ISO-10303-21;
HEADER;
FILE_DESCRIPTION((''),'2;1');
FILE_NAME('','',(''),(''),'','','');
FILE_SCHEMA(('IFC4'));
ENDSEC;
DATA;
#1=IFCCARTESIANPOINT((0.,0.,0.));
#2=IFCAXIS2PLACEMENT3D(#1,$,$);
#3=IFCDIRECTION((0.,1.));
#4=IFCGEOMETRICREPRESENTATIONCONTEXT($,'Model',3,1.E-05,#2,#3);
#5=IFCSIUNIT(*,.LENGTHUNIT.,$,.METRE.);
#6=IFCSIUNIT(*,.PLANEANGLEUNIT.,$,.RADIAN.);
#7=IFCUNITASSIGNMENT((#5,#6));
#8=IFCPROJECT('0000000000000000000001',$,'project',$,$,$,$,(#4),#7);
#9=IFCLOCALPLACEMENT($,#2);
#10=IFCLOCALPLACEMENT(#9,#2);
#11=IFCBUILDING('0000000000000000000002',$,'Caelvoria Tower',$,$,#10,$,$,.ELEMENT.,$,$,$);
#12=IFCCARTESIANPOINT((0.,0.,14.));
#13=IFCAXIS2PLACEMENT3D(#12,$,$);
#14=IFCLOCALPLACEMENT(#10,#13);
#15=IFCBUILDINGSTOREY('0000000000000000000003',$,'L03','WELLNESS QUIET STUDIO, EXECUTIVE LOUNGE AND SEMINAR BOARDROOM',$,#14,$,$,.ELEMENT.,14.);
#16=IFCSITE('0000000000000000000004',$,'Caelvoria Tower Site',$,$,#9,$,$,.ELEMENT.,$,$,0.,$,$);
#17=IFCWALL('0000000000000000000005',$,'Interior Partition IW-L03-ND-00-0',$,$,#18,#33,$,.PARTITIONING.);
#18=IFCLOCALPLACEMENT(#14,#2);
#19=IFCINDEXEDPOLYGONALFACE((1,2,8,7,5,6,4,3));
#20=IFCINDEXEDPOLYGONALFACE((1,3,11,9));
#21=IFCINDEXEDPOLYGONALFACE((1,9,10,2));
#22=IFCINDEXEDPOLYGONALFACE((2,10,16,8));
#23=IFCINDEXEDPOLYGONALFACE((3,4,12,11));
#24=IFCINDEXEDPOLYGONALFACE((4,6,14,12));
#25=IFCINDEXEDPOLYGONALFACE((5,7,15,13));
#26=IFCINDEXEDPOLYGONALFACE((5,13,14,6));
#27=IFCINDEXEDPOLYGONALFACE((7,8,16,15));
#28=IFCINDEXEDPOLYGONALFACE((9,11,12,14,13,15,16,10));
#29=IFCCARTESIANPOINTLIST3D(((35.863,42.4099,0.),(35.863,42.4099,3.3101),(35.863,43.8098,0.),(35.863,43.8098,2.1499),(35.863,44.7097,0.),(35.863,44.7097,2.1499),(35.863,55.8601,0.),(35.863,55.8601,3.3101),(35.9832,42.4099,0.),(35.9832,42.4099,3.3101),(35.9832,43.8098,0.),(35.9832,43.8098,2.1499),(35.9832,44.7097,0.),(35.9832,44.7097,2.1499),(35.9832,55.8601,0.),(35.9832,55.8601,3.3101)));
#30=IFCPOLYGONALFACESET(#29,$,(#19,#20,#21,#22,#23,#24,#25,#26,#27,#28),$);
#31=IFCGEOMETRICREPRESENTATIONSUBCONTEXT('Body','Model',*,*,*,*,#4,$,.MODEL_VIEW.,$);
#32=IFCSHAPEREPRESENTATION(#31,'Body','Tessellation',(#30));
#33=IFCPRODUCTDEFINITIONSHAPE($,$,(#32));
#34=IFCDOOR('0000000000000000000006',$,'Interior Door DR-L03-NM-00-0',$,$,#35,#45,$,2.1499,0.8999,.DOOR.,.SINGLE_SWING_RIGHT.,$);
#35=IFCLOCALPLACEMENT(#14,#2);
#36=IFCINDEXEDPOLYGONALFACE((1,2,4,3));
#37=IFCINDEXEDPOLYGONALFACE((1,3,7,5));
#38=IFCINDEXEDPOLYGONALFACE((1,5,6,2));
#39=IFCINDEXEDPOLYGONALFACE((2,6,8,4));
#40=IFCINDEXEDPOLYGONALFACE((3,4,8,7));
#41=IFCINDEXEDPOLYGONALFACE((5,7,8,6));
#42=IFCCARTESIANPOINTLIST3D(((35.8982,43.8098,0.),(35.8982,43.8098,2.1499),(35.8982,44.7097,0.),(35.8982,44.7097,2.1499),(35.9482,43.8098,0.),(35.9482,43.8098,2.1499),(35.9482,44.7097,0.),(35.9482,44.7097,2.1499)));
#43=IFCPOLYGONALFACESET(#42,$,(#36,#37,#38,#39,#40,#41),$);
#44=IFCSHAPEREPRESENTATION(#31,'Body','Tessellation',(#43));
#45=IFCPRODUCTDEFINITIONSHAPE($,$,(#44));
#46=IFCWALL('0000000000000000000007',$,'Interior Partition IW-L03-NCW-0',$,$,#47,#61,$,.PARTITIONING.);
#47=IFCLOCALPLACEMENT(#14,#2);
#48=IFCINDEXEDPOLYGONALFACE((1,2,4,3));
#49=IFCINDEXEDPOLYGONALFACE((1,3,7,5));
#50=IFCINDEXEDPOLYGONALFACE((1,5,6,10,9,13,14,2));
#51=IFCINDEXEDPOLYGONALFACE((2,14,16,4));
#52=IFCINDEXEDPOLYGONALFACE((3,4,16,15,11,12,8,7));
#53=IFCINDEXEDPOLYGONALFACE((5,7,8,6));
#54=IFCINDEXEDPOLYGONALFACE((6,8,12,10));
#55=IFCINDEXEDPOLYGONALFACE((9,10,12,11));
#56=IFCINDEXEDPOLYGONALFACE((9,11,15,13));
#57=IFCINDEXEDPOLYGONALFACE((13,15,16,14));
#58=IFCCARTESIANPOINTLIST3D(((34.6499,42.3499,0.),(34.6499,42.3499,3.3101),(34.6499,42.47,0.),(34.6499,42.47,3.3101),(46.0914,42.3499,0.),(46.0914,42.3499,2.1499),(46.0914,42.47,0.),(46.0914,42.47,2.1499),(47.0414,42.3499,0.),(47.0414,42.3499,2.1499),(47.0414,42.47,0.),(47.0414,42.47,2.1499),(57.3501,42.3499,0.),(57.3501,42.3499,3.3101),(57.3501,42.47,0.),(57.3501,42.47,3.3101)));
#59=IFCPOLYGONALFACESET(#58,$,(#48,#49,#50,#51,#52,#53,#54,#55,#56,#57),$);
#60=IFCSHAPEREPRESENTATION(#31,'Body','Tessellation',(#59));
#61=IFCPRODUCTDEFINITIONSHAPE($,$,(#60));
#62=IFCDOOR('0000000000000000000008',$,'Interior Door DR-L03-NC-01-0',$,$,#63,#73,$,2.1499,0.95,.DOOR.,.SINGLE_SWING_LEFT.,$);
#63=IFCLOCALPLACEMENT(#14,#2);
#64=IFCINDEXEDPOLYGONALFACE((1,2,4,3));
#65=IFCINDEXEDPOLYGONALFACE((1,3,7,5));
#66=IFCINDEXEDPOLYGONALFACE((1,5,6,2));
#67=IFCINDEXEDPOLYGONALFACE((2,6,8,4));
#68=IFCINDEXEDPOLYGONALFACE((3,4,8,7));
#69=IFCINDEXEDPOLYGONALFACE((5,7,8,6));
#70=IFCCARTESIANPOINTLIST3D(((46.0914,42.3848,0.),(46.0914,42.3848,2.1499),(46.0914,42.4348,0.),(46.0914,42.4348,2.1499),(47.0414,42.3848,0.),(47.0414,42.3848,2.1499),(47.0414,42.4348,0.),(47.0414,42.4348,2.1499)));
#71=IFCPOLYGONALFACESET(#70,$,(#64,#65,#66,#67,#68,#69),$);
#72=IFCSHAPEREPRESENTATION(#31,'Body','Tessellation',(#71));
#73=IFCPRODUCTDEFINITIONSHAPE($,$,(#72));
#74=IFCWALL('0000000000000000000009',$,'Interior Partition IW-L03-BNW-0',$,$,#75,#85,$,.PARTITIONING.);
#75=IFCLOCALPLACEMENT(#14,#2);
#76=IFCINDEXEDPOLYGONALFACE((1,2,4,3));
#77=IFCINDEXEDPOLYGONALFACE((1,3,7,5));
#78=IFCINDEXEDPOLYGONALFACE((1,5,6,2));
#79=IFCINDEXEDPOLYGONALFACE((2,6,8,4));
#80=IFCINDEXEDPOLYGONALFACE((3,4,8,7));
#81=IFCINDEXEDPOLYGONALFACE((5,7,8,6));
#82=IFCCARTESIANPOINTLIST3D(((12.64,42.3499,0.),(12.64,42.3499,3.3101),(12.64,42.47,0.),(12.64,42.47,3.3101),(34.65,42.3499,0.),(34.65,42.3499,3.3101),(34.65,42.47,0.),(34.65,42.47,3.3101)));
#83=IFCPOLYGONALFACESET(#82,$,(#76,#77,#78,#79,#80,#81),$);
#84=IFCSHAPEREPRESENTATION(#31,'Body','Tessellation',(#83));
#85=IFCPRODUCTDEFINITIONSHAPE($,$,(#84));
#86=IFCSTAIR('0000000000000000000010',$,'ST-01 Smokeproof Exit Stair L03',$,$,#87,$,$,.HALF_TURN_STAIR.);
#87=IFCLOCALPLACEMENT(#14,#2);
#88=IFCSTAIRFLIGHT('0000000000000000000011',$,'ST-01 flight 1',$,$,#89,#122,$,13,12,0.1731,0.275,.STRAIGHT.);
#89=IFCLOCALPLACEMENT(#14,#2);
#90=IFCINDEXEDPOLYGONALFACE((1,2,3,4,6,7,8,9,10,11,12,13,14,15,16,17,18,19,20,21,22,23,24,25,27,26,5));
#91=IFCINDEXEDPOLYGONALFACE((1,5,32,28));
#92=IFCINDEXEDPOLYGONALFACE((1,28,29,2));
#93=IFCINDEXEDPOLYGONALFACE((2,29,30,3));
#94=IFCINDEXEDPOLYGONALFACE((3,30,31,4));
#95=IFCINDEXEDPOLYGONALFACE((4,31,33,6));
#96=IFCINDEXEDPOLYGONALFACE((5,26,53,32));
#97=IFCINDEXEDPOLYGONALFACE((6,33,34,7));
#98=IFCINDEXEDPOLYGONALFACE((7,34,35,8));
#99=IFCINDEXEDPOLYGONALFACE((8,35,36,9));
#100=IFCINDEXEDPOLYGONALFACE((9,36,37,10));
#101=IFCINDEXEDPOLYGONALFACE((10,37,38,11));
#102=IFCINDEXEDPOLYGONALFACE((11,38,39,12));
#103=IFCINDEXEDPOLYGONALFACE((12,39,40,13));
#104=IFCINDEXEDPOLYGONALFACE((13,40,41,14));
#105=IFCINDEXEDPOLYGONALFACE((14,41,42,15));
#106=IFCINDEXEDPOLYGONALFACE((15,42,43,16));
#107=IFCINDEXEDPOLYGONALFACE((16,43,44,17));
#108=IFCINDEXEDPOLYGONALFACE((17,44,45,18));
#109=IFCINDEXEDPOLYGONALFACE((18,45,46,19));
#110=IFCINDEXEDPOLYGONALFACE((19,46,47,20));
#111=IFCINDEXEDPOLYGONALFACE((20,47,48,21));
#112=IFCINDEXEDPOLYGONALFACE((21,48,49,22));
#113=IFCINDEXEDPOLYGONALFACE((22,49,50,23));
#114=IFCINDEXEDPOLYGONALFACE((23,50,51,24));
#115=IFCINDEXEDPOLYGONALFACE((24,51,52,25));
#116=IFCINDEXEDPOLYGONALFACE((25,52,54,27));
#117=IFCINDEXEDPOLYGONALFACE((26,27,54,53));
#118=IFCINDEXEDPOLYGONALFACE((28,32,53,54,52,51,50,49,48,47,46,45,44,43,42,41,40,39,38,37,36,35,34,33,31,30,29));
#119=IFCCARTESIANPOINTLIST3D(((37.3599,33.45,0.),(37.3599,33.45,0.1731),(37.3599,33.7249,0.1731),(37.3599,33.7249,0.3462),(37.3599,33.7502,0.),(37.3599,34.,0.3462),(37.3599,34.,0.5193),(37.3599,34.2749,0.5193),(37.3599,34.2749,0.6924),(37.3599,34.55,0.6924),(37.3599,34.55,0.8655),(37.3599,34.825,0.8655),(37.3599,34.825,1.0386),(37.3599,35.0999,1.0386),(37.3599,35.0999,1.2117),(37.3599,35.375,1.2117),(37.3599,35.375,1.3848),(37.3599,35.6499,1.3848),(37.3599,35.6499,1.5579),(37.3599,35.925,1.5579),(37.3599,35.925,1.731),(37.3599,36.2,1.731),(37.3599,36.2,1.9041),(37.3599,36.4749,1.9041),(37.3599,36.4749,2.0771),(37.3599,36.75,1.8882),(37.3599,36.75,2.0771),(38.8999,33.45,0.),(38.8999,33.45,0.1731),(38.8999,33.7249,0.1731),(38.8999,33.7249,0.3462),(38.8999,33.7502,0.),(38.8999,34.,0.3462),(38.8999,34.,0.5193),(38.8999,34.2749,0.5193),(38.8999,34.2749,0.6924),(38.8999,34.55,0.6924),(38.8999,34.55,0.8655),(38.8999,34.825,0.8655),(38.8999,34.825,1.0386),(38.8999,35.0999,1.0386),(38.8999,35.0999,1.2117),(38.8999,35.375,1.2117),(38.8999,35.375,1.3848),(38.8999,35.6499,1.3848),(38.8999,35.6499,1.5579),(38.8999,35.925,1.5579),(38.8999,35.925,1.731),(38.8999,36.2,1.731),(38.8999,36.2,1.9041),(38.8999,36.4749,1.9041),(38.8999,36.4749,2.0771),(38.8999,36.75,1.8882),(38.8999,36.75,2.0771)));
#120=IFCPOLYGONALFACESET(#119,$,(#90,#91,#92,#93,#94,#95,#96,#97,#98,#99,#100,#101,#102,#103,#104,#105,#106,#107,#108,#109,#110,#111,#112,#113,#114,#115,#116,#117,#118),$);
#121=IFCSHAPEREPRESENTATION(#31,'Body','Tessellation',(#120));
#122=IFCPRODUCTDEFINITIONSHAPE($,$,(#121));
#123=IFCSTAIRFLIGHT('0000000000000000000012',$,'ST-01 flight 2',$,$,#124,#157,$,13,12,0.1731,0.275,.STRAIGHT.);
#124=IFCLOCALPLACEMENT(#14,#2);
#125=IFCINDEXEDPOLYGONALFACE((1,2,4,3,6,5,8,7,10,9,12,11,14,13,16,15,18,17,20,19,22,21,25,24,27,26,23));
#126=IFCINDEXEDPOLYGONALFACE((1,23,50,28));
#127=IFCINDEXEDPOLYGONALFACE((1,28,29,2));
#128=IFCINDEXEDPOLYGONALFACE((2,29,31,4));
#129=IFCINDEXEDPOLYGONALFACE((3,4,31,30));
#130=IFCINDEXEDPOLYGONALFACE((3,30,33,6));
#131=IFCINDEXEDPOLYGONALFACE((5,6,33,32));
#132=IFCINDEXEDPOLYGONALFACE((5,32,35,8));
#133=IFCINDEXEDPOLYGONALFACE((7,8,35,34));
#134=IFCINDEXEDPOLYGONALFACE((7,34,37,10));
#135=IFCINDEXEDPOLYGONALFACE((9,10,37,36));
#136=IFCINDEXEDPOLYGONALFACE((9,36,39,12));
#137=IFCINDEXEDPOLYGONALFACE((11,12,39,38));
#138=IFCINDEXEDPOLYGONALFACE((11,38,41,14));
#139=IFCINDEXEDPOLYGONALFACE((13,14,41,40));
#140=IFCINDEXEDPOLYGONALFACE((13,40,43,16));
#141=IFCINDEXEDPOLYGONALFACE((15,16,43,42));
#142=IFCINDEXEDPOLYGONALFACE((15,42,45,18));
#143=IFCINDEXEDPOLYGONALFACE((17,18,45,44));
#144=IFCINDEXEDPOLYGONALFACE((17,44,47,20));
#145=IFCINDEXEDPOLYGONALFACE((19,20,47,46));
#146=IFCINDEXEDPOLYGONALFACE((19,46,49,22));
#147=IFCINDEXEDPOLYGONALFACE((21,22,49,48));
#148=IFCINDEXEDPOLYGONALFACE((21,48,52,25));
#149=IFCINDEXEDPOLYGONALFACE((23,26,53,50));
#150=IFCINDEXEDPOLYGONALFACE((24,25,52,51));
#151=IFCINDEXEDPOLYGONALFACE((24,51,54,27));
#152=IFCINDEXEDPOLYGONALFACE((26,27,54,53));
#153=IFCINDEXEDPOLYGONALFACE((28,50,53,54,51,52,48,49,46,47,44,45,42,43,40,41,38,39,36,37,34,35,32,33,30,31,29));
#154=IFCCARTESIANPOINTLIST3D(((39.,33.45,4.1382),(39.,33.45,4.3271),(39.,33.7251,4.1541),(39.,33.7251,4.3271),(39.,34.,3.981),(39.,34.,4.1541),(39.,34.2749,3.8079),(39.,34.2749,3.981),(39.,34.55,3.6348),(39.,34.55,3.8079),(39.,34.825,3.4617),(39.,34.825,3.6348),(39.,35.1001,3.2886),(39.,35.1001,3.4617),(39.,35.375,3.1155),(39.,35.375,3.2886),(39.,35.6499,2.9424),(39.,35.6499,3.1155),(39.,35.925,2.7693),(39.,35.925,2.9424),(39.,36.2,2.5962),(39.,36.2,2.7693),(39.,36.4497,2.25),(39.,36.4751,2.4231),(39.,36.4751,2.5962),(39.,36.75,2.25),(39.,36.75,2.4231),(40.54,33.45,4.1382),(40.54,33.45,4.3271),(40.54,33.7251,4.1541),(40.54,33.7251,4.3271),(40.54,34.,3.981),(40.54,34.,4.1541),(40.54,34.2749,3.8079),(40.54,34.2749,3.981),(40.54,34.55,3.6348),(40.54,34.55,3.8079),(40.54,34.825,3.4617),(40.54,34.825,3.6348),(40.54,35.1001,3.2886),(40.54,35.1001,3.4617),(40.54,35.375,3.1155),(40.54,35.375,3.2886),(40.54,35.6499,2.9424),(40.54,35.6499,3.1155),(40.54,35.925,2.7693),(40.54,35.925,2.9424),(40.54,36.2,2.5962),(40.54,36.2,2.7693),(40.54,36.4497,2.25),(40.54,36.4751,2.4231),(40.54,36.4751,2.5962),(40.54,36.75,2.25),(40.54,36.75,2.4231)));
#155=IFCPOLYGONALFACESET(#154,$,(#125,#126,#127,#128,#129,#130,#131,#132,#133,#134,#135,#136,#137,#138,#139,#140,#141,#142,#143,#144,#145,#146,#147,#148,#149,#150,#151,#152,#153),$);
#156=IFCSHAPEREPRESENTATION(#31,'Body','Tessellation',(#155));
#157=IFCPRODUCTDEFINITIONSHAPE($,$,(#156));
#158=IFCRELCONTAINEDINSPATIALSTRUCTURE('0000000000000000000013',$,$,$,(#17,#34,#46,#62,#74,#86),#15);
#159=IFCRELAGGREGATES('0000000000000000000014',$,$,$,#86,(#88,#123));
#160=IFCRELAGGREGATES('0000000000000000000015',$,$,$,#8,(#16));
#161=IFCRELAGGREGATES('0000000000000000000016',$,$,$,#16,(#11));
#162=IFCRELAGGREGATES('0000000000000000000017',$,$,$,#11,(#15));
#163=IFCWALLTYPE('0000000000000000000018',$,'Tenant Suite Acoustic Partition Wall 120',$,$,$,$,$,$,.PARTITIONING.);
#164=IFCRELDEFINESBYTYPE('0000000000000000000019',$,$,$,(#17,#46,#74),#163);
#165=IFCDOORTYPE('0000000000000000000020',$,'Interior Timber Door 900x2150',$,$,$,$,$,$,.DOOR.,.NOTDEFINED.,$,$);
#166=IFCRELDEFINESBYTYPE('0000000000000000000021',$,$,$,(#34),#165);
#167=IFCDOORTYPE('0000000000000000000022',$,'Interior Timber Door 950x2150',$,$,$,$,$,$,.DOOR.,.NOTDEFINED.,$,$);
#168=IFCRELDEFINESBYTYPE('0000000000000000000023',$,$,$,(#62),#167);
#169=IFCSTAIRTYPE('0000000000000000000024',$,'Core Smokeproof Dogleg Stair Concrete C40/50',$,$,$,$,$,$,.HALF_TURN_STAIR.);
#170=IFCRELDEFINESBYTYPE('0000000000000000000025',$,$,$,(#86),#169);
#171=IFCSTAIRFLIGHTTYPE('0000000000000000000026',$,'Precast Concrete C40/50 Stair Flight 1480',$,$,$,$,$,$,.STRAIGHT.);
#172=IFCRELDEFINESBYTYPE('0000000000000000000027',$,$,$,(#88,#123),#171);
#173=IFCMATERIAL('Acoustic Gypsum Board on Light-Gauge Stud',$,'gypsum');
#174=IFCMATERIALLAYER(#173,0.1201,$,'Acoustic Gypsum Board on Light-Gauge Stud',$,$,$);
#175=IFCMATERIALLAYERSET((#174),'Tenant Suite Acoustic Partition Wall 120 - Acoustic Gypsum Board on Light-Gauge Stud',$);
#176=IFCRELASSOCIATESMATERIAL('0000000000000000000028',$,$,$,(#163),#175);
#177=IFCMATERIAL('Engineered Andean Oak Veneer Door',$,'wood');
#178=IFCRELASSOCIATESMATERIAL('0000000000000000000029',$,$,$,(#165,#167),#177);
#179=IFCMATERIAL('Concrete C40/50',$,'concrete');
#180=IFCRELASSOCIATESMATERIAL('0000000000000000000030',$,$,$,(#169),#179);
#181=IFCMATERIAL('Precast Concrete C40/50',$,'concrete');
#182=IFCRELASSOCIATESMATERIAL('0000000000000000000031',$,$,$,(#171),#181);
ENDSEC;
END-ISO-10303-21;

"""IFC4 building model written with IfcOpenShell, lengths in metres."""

from ifc_helpers import new_model, si_unit, direction, frame, frame_2d, origin, place, context, subcontext, project, spatial, polyline, rectangle, outline, extrude, material, layer, layer_set, type_object, element, fill, aggregate, save


model = new_model("IFC4")

# Units and contexts
model_context = context("Model", 3, precision=1e-05, world=origin(), true_north=direction((0.0, 1.0)))
body_context = subcontext(model_context, "Body", "Model", "MODEL_VIEW")
ifc_project = project(units=[si_unit("LENGTHUNIT", "METRE"), si_unit("PLANEANGLEUNIT", "RADIAN")], contexts=[model_context])

# Site, building, storey
site_placement = place(None, origin())
site = spatial("IfcSite", under=ifc_project, at=site_placement, Name="Caelvoria Tower Site", CompositionType="ELEMENT", RefElevation=0.0)
building_placement = place(site_placement, origin())
building = spatial("IfcBuilding", under=site, at=building_placement, Name="Caelvoria Tower", CompositionType="ELEMENT")
storey_placement = place(building_placement, frame((0.0, 0.0, 14.0)))
storey = spatial("IfcBuildingStorey", under=building, at=storey_placement, Name="L03", Description="WELLNESS QUIET STUDIO, EXECUTIVE LOUNGE AND SEMINAR BOARDROOM", CompositionType="ELEMENT", Elevation=14.0)

# Walls, openings, doors
ifc_material_1 = material(Name="Acoustic Gypsum Board on Light-Gauge Stud", Category="gypsum")
ifc_layer_1 = layer(ifc_material_1, 0.1201, Name="Acoustic Gypsum Board on Light-Gauge Stud")
ifc_layer_set_1 = layer_set([ifc_layer_1], Name="Tenant Suite Acoustic Partition Wall 120 - Acoustic Gypsum Board on Light-Gauge Stud")
wall_type_1 = type_object("IfcWallType", Name="Tenant Suite Acoustic Partition Wall 120", PredefinedType="PARTITIONING", material=ifc_layer_set_1)
wall_1_placement = place(storey_placement, frame((35.9231, 42.4099, 0.0), z_axis=(0.0, 0.0, 1.0), x_axis=(0.0, 1.0, 0.0)))
wall_1 = element("IfcWall", 1, at=wall_1_placement, inside=storey, type_object=wall_type_1, Name="Interior Partition IW-L03-ND-00-0", PredefinedType="PARTITIONING", context=body_context, shape_type="SweptSolid", body=[
    extrude(rectangle(XDim=13.4502, YDim=0.1201, at=frame_2d((6.7251, 0.0))), origin(), (0.0, 0.0, 1.0), 3.3101),
])
opening_1_placement = place(wall_1_placement, frame((1.3999, 0.0, 0.0)))
opening_1 = element("IfcOpeningElement", 2, at=opening_1_placement, cuts=wall_1, PredefinedType="OPENING", context=body_context, shape_type="SweptSolid", body=[
    extrude(rectangle(XDim=0.8999, YDim=2.1499, at=frame_2d((0.45, 1.075))), frame((0.0, 0.0701, 0.0), z_axis=(0.0, -1.0, 0.0), x_axis=(1.0, 0.0, 0.0)), (0.0, 0.0, 1.0), 0.1401),
])
ifc_material_2 = material(Name="Engineered Andean Oak Veneer Door", Category="wood")
door_type_1 = type_object("IfcDoorType", Name="Interior Timber Door 900x2150", OperationType="NOTDEFINED", PredefinedType="DOOR", material=ifc_material_2)
door_1_placement = place(opening_1_placement, origin())
door_1 = element("IfcDoor", 3, at=door_1_placement, inside=storey, type_object=door_type_1, Name="Interior Door DR-L03-NM-00-0", OperationType="SINGLE_SWING_RIGHT", OverallHeight=2.1499, OverallWidth=0.8999, PredefinedType="DOOR", context=body_context, shape_type="SweptSolid", body=[
    extrude(rectangle(XDim=0.8999, YDim=2.1499, at=frame_2d((0.45, 1.075))), frame((0.0, 0.0249, 0.0), z_axis=(0.0, -1.0, 0.0), x_axis=(1.0, 0.0, 0.0)), (0.0, 0.0, 1.0), 0.05),
])
fill(opening_1, door_1)
wall_2_placement = place(storey_placement, frame((34.6499, 42.4099, 0.0), z_axis=(0.0, 0.0, 1.0), x_axis=(1.0, 0.0, 0.0)))
wall_2 = element("IfcWall", 4, at=wall_2_placement, inside=storey, type_object=wall_type_1, Name="Interior Partition IW-L03-NCW-0", PredefinedType="PARTITIONING", context=body_context, shape_type="SweptSolid", body=[
    extrude(rectangle(XDim=22.7002, YDim=0.1201, at=frame_2d((11.3501, 0.0))), origin(), (0.0, 0.0, 1.0), 3.3101),
])
opening_2_placement = place(wall_2_placement, frame((11.4414, 0.0, 0.0)))
opening_2 = element("IfcOpeningElement", 5, at=opening_2_placement, cuts=wall_2, PredefinedType="OPENING", context=body_context, shape_type="SweptSolid", body=[
    extrude(rectangle(XDim=0.95, YDim=2.1499, at=frame_2d((0.4751, 1.075))), frame((0.0, 0.0701, 0.0), z_axis=(0.0, -1.0, 0.0), x_axis=(1.0, 0.0, 0.0)), (0.0, 0.0, 1.0), 0.1401),
])
door_type_2 = type_object("IfcDoorType", Name="Interior Timber Door 950x2150", OperationType="NOTDEFINED", PredefinedType="DOOR", material=ifc_material_2)
door_2_placement = place(opening_2_placement, origin())
door_2 = element("IfcDoor", 6, at=door_2_placement, inside=storey, type_object=door_type_2, Name="Interior Door DR-L03-NC-01-0", OperationType="SINGLE_SWING_LEFT", OverallHeight=2.1499, OverallWidth=0.95, PredefinedType="DOOR", context=body_context, shape_type="SweptSolid", body=[
    extrude(rectangle(XDim=0.95, YDim=2.1499, at=frame_2d((0.4751, 1.075))), frame((0.0, 0.0249, 0.0), z_axis=(0.0, -1.0, 0.0), x_axis=(1.0, 0.0, 0.0)), (0.0, 0.0, 1.0), 0.05),
])
fill(opening_2, door_2)

# Wall
wall_3_placement = place(storey_placement, frame((34.6499, 42.4099, 0.0), z_axis=(0.0, 0.0, 1.0), x_axis=(-1.0, 0.0, 0.0)))
element("IfcWall", 7, at=wall_3_placement, inside=storey, type_object=wall_type_1, Name="Interior Partition IW-L03-BNW-0", PredefinedType="PARTITIONING", context=body_context, shape_type="SweptSolid", body=[
    extrude(rectangle(XDim=22.01, YDim=0.1201, at=frame_2d((11.0049, 0.0))), origin(), (0.0, 0.0, 1.0), 3.3101),
])

# Stair, stair flights
ifc_material_3 = material(Name="Concrete C40/50", Category="concrete")
stair_type = type_object("IfcStairType", Name="Core Smokeproof Dogleg Stair Concrete C40/50", PredefinedType="HALF_TURN_STAIR", material=ifc_material_3)
stair_placement = place(storey_placement, origin())
stair = element("IfcStair", 8, at=stair_placement, inside=storey, type_object=stair_type, Name="ST-01 Smokeproof Exit Stair L03", PredefinedType="HALF_TURN_STAIR")
ifc_material_4 = material(Name="Precast Concrete C40/50", Category="concrete")
stair_flight_type = type_object("IfcStairFlightType", Name="Precast Concrete C40/50 Stair Flight 1480", PredefinedType="STRAIGHT", material=ifc_material_4)
stair_flight_1_placement = place(storey_placement, frame((38.1299, 33.45, 0.0), z_axis=(0.0, 0.0, 1.0), x_axis=(0.0, 1.0, 0.0)))
stair_flight_1 = element("IfcStairFlight", 9, at=stair_flight_1_placement, type_object=stair_flight_type, Name="ST-01 flight 1", NumberOfRisers=13, NumberOfTreads=12, PredefinedType="STRAIGHT", RiserHeight=0.1731, TreadLength=0.275, context=body_context, shape_type="SweptSolid", body=[
    extrude(outline(polyline([(0.0, 0.0), (0.0, 0.1731), (0.2749, 0.1731), (0.2749, 0.3462), (0.55, 0.3462), (0.55, 0.5193), (0.825, 0.5193), (0.825, 0.6924), (1.1001, 0.6924), (1.1001, 0.8655), (1.375, 0.8655), (1.375, 1.0386), (1.6499, 1.0386), (1.6499, 1.2117), (1.925, 1.2117), (1.925, 1.3848), (2.2, 1.3848), (2.2, 1.5579), (2.4751, 1.5579), (2.4751, 1.731), (2.75, 1.731), (2.75, 1.9041), (3.0249, 1.9041), (3.0249, 2.0771), (3.3, 2.0771), (3.3, 2.2502), (3.3, 1.8882), (0.3003, 0.0), (0.0, 0.0)])), frame((0.0, 0.77, 0.0), z_axis=(0.0, -1.0, 0.0), x_axis=(1.0, 0.0, 0.0)), (0.0, 0.0, 1.0), 1.54),
])
stair_flight_2_placement = place(storey_placement, frame((39.77, 36.75, 2.25), z_axis=(0.0, 0.0, 1.0), x_axis=(0.0, -1.0, 0.0)))
stair_flight_2 = element("IfcStairFlight", 10, at=stair_flight_2_placement, type_object=stair_flight_type, Name="ST-01 flight 2", NumberOfRisers=13, NumberOfTreads=12, PredefinedType="STRAIGHT", RiserHeight=0.1731, TreadLength=0.275, context=body_context, shape_type="SweptSolid", body=[
    extrude(outline(polyline([(0.0, 0.0), (0.0, 0.1731), (0.2749, 0.1731), (0.2749, 0.3462), (0.55, 0.3462), (0.55, 0.5193), (0.825, 0.5193), (0.825, 0.6924), (1.1001, 0.6924), (1.1001, 0.8655), (1.375, 0.8655), (1.375, 1.0386), (1.6499, 1.0386), (1.6499, 1.2117), (1.925, 1.2117), (1.925, 1.3848), (2.2, 1.3848), (2.2, 1.5579), (2.4751, 1.5579), (2.4751, 1.731), (2.75, 1.731), (2.75, 1.9041), (3.0249, 1.9041), (3.0249, 2.0771), (3.3, 2.0771), (3.3, 2.2502), (3.3, 1.8882), (0.3003, 0.0), (0.0, 0.0)])), frame((0.0, 0.77, 0.0), z_axis=(0.0, -1.0, 0.0), x_axis=(1.0, 0.0, 0.0)), (0.0, 0.0, 1.0), 1.54),
])
aggregate(stair, [stair_flight_1, stair_flight_2])

save(model, "model.ifc")
